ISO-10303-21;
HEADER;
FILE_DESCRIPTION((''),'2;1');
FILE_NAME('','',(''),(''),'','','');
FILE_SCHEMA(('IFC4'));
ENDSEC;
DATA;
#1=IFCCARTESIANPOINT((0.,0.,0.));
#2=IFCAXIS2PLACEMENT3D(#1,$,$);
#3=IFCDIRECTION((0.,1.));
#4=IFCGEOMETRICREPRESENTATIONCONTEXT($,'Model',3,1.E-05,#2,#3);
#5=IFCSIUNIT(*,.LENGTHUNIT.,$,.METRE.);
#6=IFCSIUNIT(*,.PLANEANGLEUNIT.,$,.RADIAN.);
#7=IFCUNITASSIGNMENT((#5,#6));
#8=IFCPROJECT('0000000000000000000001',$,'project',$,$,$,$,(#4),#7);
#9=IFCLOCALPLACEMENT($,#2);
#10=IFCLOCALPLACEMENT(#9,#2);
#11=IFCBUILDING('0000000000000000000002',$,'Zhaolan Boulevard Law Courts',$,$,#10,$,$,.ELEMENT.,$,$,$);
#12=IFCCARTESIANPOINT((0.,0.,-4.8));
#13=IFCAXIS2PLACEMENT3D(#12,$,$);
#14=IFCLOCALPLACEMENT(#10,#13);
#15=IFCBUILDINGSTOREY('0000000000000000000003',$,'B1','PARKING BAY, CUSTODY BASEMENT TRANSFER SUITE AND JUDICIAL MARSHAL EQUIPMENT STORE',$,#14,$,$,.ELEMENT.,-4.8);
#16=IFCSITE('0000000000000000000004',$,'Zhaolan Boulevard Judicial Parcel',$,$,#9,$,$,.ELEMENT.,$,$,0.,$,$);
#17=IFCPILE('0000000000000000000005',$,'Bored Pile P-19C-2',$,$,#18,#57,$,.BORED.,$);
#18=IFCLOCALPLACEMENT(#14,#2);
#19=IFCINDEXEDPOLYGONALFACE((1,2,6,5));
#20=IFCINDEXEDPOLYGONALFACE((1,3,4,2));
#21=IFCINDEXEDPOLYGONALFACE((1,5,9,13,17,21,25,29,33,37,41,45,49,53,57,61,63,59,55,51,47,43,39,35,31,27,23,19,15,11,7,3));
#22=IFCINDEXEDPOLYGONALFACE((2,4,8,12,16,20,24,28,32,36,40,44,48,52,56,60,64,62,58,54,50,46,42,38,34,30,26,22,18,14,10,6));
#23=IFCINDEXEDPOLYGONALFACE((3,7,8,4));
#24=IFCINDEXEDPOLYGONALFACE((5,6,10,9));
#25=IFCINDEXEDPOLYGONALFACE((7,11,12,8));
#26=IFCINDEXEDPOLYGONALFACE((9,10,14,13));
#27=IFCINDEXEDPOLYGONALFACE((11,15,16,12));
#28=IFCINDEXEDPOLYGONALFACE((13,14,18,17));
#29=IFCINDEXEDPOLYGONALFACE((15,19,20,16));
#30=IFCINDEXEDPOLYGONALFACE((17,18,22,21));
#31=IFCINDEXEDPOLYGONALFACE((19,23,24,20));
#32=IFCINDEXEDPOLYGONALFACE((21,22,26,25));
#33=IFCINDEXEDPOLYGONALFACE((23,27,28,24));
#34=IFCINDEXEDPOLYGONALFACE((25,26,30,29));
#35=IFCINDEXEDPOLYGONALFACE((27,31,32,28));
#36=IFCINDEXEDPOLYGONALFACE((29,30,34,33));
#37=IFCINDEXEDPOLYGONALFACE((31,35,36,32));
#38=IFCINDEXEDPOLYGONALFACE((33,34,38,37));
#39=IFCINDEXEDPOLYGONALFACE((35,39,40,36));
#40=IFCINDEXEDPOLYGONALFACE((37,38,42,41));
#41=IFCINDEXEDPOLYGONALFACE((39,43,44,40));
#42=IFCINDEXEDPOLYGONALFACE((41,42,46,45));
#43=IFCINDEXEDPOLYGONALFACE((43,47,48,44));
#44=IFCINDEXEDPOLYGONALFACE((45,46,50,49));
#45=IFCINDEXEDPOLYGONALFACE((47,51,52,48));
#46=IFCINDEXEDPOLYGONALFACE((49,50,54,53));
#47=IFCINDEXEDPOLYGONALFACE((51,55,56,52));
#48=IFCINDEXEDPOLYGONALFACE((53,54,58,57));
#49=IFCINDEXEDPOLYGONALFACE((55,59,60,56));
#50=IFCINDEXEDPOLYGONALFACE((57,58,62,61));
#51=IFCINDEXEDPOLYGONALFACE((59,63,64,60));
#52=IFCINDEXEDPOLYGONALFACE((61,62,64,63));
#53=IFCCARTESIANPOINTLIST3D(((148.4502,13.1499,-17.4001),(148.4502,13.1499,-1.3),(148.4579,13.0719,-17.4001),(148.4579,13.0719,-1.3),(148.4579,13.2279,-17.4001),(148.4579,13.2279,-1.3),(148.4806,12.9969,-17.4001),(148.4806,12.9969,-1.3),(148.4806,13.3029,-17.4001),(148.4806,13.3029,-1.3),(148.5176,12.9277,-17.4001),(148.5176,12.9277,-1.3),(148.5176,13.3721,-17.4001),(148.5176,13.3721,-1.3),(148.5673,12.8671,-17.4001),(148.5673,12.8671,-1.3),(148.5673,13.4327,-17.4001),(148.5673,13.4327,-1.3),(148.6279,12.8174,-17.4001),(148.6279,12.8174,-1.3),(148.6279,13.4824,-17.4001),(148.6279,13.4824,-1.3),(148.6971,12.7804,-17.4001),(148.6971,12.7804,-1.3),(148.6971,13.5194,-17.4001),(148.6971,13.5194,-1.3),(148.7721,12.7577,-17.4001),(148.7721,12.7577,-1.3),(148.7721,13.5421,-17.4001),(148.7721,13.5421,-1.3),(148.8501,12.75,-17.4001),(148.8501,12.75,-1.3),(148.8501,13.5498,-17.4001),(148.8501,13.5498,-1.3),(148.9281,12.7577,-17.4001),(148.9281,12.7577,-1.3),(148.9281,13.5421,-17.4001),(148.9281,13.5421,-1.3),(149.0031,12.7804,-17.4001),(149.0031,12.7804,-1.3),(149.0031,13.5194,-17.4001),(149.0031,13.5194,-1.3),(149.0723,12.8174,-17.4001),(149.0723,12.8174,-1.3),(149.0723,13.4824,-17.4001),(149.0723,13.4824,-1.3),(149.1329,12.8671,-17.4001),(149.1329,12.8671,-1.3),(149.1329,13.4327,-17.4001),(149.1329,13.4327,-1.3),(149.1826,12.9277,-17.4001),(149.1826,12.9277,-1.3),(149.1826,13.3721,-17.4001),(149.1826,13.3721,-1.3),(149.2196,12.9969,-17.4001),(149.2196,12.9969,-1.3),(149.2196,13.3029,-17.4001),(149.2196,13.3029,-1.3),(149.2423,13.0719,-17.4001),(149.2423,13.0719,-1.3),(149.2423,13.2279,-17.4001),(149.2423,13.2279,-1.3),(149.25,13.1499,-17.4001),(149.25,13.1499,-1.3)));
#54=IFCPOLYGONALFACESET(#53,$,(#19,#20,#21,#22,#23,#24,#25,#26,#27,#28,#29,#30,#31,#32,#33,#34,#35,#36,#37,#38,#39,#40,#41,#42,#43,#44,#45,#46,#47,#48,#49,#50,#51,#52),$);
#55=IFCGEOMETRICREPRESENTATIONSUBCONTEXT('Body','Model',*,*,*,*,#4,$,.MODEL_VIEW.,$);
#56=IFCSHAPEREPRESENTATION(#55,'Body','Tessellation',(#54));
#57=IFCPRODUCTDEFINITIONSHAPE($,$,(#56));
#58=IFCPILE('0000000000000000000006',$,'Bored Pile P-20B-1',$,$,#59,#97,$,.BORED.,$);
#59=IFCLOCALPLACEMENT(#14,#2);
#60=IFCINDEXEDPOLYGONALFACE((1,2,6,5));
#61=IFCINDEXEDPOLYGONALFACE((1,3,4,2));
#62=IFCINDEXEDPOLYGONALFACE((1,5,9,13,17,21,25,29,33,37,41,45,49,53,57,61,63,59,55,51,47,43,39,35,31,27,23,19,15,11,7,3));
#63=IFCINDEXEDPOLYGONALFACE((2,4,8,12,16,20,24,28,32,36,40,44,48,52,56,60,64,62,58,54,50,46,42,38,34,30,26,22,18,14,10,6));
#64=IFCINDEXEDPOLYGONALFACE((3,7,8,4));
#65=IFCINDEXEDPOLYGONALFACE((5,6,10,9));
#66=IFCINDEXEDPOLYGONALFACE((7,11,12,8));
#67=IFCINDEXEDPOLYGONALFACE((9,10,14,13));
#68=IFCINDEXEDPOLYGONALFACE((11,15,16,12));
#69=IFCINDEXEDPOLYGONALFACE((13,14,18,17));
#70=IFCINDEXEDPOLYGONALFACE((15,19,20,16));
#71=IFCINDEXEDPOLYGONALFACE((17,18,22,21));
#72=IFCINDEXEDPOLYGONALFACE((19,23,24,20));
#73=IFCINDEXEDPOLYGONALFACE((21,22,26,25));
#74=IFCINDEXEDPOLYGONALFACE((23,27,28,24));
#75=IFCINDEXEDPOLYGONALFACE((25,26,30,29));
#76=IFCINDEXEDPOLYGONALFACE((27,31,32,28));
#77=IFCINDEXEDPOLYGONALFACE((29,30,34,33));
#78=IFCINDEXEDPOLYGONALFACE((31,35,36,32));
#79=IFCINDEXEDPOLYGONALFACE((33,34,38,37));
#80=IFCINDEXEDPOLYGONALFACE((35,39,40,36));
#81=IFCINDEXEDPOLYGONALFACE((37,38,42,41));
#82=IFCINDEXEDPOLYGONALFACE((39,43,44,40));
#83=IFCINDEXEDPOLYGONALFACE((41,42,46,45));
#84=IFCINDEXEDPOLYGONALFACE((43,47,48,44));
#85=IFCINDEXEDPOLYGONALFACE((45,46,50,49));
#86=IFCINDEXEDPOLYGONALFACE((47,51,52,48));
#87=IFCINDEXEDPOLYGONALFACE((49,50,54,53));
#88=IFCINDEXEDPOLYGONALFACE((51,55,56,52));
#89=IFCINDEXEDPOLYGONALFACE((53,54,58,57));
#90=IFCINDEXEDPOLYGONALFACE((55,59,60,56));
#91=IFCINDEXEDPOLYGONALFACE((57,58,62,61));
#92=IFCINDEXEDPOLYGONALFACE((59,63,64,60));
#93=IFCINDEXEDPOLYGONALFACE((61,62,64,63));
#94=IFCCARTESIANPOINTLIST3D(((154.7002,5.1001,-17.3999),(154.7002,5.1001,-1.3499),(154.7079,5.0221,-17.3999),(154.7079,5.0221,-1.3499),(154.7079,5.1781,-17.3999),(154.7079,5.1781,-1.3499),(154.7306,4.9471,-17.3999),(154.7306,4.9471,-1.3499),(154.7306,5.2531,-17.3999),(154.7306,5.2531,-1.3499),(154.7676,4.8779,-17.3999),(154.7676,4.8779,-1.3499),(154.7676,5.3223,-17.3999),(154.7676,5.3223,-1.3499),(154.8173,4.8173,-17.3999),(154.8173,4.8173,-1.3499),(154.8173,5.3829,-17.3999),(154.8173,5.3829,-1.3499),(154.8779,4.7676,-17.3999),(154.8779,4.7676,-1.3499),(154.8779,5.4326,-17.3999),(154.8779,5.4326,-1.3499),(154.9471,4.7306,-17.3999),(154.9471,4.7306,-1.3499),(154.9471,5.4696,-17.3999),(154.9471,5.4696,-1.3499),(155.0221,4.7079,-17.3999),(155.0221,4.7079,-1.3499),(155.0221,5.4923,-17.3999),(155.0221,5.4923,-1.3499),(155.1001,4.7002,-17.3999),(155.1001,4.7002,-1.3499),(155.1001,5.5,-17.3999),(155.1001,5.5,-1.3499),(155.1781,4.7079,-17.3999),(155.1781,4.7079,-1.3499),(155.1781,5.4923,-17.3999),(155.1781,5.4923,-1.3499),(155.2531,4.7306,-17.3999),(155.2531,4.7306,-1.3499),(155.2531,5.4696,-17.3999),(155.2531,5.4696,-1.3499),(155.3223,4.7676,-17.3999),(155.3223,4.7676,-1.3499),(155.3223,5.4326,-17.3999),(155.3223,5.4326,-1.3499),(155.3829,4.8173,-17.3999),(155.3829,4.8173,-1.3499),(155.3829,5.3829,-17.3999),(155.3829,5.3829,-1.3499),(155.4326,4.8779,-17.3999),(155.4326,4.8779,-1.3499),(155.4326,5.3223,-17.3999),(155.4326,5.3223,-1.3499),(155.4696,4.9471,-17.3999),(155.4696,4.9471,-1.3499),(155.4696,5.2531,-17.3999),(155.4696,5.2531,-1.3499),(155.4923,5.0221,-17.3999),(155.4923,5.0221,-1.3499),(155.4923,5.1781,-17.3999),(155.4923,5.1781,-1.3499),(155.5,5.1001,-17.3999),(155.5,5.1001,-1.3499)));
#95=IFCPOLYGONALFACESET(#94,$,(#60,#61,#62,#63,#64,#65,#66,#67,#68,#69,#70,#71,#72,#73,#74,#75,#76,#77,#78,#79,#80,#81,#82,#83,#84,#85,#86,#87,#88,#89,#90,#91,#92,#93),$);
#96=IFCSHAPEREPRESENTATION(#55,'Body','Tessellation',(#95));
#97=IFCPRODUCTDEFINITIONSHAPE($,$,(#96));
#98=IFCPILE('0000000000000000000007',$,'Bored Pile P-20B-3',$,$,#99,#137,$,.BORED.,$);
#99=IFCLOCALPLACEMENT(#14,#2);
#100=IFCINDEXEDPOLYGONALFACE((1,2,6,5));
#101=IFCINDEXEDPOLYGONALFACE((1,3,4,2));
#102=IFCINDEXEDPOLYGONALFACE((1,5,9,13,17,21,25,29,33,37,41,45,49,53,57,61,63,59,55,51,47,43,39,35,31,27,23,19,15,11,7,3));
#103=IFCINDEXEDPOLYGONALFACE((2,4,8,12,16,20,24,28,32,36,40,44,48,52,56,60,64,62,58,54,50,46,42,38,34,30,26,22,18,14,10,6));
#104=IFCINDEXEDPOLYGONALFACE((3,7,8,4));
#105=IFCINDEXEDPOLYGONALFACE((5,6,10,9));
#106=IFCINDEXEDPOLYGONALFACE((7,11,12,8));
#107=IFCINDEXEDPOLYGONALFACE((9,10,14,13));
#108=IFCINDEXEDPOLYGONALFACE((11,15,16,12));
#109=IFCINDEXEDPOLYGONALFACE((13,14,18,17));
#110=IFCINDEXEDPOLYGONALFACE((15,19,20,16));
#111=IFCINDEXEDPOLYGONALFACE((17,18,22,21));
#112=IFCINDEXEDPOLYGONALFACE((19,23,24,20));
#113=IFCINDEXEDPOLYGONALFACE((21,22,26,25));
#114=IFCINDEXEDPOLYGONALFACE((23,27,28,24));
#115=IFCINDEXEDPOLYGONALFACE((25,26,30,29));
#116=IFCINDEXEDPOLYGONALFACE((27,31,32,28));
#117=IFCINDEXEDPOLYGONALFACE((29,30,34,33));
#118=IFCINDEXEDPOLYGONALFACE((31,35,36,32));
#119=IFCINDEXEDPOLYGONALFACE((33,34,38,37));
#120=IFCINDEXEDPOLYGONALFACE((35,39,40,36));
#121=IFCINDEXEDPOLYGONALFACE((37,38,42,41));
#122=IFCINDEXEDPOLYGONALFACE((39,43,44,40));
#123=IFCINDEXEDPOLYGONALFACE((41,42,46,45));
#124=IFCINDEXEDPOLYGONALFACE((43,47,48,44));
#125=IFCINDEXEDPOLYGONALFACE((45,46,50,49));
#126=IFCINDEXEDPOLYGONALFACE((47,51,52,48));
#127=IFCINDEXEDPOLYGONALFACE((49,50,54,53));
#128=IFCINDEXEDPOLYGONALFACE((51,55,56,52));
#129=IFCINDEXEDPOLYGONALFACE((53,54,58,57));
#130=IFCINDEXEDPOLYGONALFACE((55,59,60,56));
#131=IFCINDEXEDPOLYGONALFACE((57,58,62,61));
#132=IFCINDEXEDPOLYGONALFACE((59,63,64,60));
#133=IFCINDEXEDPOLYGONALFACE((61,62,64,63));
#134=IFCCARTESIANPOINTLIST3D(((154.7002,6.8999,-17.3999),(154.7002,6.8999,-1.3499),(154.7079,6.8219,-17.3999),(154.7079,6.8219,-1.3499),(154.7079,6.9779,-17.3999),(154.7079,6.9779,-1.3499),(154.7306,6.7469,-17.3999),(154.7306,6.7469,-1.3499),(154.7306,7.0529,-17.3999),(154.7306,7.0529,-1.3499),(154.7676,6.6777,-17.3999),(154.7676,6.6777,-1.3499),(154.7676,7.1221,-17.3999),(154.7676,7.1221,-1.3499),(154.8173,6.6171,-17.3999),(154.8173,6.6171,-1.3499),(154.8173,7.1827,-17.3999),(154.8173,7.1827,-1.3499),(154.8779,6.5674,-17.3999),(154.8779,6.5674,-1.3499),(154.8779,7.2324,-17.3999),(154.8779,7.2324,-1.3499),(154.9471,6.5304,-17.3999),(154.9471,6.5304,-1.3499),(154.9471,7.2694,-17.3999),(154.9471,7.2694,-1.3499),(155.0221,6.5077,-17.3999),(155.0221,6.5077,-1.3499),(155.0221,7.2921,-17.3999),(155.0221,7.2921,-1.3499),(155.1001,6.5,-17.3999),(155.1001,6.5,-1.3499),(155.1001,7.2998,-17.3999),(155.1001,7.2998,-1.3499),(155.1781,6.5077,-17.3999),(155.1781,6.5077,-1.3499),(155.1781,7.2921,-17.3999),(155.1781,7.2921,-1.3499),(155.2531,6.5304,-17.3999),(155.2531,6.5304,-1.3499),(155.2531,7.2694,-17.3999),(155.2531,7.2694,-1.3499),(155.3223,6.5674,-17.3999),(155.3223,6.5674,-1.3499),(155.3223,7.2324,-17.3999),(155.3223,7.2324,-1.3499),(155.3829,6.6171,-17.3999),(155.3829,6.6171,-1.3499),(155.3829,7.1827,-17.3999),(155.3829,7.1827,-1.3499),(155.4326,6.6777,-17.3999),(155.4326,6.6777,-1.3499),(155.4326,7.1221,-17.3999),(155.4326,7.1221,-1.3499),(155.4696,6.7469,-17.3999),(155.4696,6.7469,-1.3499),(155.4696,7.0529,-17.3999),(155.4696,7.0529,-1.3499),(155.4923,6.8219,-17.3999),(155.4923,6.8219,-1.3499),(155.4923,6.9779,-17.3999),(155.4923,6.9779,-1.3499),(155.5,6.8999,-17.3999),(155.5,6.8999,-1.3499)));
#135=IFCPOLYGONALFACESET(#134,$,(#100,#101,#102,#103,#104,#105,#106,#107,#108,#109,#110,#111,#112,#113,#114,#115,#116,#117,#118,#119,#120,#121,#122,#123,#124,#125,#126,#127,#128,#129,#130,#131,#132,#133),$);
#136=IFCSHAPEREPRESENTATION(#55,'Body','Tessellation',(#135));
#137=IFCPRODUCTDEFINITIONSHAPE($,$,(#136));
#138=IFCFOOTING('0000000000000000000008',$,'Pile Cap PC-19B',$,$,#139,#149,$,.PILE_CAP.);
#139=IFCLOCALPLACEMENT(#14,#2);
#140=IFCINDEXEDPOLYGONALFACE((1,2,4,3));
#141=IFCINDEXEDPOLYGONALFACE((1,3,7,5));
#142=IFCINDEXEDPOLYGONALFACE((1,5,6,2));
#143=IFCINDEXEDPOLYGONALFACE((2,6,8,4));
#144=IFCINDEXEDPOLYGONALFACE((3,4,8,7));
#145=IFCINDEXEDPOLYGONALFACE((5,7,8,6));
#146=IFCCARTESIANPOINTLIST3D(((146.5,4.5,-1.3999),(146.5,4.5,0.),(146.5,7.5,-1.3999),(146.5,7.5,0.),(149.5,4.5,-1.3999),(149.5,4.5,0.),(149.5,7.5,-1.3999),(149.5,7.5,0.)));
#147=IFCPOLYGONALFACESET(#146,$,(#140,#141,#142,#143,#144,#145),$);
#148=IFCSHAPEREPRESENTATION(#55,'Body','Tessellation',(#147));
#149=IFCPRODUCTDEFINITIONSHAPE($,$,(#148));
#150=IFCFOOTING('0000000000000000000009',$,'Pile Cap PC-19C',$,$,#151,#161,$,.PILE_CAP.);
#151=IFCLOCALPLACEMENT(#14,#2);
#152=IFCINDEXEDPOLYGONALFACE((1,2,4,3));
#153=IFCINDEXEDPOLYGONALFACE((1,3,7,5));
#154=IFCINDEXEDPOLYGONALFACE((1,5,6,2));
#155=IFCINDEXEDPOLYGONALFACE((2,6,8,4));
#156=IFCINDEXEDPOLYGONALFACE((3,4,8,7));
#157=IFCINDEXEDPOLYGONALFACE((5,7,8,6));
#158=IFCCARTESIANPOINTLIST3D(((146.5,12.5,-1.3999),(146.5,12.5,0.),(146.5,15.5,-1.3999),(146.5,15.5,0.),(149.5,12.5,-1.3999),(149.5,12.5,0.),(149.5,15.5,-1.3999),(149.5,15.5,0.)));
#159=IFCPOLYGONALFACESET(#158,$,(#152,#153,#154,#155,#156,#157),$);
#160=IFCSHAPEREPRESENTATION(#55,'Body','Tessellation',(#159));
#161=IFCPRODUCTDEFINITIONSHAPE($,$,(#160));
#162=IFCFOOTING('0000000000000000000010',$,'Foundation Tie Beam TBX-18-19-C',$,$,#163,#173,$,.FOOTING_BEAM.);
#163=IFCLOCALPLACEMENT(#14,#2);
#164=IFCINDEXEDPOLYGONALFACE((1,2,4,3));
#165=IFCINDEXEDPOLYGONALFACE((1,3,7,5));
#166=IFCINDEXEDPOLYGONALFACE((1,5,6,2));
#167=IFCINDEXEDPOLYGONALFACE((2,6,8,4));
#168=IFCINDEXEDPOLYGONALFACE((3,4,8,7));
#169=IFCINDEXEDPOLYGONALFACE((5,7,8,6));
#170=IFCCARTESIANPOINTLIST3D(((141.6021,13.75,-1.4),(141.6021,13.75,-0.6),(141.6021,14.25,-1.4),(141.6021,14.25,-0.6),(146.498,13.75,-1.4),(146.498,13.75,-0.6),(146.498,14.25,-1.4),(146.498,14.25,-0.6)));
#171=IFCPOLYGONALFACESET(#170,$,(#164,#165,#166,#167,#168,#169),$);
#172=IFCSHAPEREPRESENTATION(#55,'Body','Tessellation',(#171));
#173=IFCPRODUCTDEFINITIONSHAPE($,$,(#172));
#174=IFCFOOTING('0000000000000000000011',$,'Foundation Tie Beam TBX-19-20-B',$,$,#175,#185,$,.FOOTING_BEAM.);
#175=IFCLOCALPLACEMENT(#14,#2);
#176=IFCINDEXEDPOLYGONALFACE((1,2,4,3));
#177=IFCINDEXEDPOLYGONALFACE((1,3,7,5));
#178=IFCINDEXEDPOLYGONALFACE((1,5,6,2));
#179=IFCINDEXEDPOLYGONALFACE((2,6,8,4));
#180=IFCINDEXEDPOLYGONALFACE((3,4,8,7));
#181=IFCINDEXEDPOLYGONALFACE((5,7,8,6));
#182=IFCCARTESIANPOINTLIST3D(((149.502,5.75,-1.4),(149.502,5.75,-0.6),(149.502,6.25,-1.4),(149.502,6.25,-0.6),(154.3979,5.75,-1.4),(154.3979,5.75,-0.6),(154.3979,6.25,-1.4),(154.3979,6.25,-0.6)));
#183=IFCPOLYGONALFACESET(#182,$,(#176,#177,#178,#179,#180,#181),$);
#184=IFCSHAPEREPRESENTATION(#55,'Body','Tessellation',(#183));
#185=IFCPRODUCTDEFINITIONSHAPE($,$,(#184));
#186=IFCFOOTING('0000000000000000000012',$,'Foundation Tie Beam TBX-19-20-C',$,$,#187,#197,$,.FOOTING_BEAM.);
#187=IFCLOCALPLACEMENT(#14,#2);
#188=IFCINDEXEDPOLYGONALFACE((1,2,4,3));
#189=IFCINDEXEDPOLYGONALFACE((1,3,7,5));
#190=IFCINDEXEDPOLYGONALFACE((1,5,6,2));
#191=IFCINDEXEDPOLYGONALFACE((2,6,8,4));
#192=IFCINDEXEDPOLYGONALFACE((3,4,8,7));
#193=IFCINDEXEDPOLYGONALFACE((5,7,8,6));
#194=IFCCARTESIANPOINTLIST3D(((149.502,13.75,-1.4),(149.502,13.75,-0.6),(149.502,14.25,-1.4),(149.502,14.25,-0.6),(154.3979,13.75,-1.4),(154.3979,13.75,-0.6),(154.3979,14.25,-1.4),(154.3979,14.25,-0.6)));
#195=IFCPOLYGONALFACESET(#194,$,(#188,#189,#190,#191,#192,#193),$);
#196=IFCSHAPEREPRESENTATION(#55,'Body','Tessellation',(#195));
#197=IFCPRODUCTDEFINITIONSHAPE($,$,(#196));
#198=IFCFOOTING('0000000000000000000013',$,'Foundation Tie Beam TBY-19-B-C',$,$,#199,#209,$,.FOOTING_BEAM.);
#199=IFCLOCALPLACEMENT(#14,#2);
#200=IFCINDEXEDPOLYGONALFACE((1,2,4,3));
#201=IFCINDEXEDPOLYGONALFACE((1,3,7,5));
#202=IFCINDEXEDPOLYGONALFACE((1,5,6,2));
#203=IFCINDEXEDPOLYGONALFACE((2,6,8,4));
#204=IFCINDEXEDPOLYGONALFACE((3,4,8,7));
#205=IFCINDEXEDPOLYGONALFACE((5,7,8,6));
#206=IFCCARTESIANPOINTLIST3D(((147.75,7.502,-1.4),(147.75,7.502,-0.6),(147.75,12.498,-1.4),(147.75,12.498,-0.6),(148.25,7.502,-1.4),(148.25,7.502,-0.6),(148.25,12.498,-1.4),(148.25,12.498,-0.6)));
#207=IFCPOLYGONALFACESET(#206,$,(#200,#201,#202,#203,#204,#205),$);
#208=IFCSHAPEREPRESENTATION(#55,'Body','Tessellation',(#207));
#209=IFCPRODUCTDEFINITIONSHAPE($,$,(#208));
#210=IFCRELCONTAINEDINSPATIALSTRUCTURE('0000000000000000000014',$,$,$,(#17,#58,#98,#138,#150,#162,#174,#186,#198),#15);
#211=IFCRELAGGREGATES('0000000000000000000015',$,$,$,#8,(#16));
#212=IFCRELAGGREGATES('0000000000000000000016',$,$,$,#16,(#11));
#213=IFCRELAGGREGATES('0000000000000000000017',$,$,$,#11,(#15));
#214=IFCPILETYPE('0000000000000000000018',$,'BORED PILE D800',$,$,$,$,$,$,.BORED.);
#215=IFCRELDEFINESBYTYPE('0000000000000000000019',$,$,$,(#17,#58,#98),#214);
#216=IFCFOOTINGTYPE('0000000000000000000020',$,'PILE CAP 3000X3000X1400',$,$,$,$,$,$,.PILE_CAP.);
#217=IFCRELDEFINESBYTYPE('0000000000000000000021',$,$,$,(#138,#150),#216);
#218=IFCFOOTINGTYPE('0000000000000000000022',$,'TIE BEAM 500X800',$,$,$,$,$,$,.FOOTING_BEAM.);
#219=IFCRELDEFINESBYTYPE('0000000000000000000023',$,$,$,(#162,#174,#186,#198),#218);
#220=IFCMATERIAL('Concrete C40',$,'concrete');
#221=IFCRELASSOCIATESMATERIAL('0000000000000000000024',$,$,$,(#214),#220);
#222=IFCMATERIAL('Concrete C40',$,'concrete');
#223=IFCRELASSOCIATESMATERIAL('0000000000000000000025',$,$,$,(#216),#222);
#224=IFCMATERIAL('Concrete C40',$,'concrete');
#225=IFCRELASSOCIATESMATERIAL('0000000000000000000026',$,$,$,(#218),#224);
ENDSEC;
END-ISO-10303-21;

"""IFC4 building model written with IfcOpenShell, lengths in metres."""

from ifc_helpers import new_model, si_unit, direction, frame, origin, origin_2d, place, context, subcontext, project, spatial, rectangle, circle, extrude, material, material_profile, profile_set, type_object, element, save


model = new_model("IFC4")

# Units and contexts
model_context = context("Model", 3, precision=1e-05, world=origin(), true_north=direction((0.0, 1.0)))
body_context = subcontext(model_context, "Body", "Model", "MODEL_VIEW")
ifc_project = project(units=[si_unit("LENGTHUNIT", "METRE"), si_unit("PLANEANGLEUNIT", "RADIAN")], contexts=[model_context])

# Site, building, storey
site_placement = place(None, origin())
site = spatial("IfcSite", under=ifc_project, at=site_placement, Name="Zhaolan Boulevard Judicial Parcel", CompositionType="ELEMENT", RefElevation=0.0)
building_placement = place(site_placement, origin())
building = spatial("IfcBuilding", under=site, at=building_placement, Name="Zhaolan Boulevard Law Courts", CompositionType="ELEMENT")
storey_placement = place(building_placement, frame((0.0, 0.0, -4.8)))
storey = spatial("IfcBuildingStorey", under=building, at=storey_placement, Name="B1", Description="PARKING BAY, CUSTODY BASEMENT TRANSFER SUITE AND JUDICIAL MARSHAL EQUIPMENT STORE", CompositionType="ELEMENT", Elevation=-4.8)

# Piles
ifc_material_1 = material(Name="Concrete C40", Category="concrete")
ifc_material_profile_1 = material_profile(ifc_material_1, circle(Radius=0.3999, at=origin_2d()), Name="PILE-D800")
ifc_profile_set_1 = profile_set([ifc_material_profile_1], Name="Concrete C40")
pile_type = type_object("IfcPileType", Name="BORED PILE D800", PredefinedType="BORED", material=ifc_profile_set_1)
for number, where, z_axis, x_axis, name in (
    (1, (148.8501, 13.1499, -1.3), (0.0, 0.0, -1.0), (1.0, 0.0, 0.0), "Bored Pile P-19C-2"),
):
    element("IfcPile", number, at=place(storey_placement, frame(where, z_axis=z_axis, x_axis=x_axis)), inside=storey, type_object=pile_type, Name=name, PredefinedType="BORED", context=body_context, shape_type="SweptSolid", body=[
        extrude(circle(Radius=0.3999, at=origin_2d()), origin(), (0.0, 0.0, 1.0), 16.1001),
    ])
for number, where, z_axis, x_axis, name in (
    (2, (155.1001, 5.1001, -1.3499), (0.0, 0.0, -1.0), (1.0, 0.0, 0.0), "Bored Pile P-20B-1"),
    (3, (155.1001, 6.8999, -1.3499), (0.0, 0.0, -1.0), (1.0, 0.0, 0.0), "Bored Pile P-20B-3"),
):
    element("IfcPile", number, at=place(storey_placement, frame(where, z_axis=z_axis, x_axis=x_axis)), inside=storey, type_object=pile_type, Name=name, PredefinedType="BORED", context=body_context, shape_type="SweptSolid", body=[
        extrude(circle(Radius=0.3999, at=origin_2d()), origin(), (0.0, 0.0, 1.0), 16.05),
    ])

# Footings
ifc_material_2 = material(Name="Concrete C40", Category="concrete")
footing_type_1 = type_object("IfcFootingType", Name="PILE CAP 3000X3000X1400", PredefinedType="PILE_CAP", material=ifc_material_2)
for number, where, z_axis, x_axis, name in (
    (4, (148.0, 6.0, -1.3999), (0.0, 0.0, 1.0), (1.0, 0.0, 0.0), "Pile Cap PC-19B"),
    (5, (148.0, 14.0, -1.3999), (0.0, 0.0, 1.0), (1.0, 0.0, 0.0), "Pile Cap PC-19C"),
):
    element("IfcFooting", number, at=place(storey_placement, frame(where, z_axis=z_axis, x_axis=x_axis)), inside=storey, type_object=footing_type_1, Name=name, PredefinedType="PILE_CAP", context=body_context, shape_type="SweptSolid", body=[
        extrude(rectangle(XDim=3.0, YDim=3.0, at=origin_2d()), origin(), (0.0, 0.0, 1.0), 1.3999),
    ])
ifc_material_3 = material(Name="Concrete C40", Category="concrete")
ifc_material_profile_2 = material_profile(ifc_material_3, rectangle(XDim=0.5, YDim=0.8, at=origin_2d()), Name="RC500x800")
ifc_profile_set_2 = profile_set([ifc_material_profile_2], Name="Concrete C40")
footing_type_2 = type_object("IfcFootingType", Name="TIE BEAM 500X800", PredefinedType="FOOTING_BEAM", material=ifc_profile_set_2)
for number, where, z_axis, x_axis, name in (
    (6, (141.6021, 14.0, -1.0), (1.0, 0.0, 0.0), (0.0, 1.0, 0.0), "Foundation Tie Beam TBX-18-19-C"),
    (7, (149.502, 6.0, -1.0), (1.0, 0.0, 0.0), (0.0, 1.0, 0.0), "Foundation Tie Beam TBX-19-20-B"),
    (8, (149.502, 14.0, -1.0), (1.0, 0.0, 0.0), (0.0, 1.0, 0.0), "Foundation Tie Beam TBX-19-20-C"),
):
    element("IfcFooting", number, at=place(storey_placement, frame(where, z_axis=z_axis, x_axis=x_axis)), inside=storey, type_object=footing_type_2, Name=name, PredefinedType="FOOTING_BEAM", context=body_context, shape_type="SweptSolid", body=[
        extrude(rectangle(XDim=0.5, YDim=0.8, at=origin_2d()), origin(), (0.0, 0.0, 1.0), 4.896),
    ])
footing_placement = place(storey_placement, frame((148.0, 7.502, -1.0), z_axis=(0.0, 1.0, 0.0), x_axis=(-1.0, 0.0, 0.0)))
element("IfcFooting", 9, at=footing_placement, inside=storey, type_object=footing_type_2, Name="Foundation Tie Beam TBY-19-B-C", PredefinedType="FOOTING_BEAM", context=body_context, shape_type="SweptSolid", body=[
    extrude(rectangle(XDim=0.5, YDim=0.8, at=origin_2d()), origin(), (0.0, 0.0, 1.0), 4.9961),
])

save(model, "model.ifc")
